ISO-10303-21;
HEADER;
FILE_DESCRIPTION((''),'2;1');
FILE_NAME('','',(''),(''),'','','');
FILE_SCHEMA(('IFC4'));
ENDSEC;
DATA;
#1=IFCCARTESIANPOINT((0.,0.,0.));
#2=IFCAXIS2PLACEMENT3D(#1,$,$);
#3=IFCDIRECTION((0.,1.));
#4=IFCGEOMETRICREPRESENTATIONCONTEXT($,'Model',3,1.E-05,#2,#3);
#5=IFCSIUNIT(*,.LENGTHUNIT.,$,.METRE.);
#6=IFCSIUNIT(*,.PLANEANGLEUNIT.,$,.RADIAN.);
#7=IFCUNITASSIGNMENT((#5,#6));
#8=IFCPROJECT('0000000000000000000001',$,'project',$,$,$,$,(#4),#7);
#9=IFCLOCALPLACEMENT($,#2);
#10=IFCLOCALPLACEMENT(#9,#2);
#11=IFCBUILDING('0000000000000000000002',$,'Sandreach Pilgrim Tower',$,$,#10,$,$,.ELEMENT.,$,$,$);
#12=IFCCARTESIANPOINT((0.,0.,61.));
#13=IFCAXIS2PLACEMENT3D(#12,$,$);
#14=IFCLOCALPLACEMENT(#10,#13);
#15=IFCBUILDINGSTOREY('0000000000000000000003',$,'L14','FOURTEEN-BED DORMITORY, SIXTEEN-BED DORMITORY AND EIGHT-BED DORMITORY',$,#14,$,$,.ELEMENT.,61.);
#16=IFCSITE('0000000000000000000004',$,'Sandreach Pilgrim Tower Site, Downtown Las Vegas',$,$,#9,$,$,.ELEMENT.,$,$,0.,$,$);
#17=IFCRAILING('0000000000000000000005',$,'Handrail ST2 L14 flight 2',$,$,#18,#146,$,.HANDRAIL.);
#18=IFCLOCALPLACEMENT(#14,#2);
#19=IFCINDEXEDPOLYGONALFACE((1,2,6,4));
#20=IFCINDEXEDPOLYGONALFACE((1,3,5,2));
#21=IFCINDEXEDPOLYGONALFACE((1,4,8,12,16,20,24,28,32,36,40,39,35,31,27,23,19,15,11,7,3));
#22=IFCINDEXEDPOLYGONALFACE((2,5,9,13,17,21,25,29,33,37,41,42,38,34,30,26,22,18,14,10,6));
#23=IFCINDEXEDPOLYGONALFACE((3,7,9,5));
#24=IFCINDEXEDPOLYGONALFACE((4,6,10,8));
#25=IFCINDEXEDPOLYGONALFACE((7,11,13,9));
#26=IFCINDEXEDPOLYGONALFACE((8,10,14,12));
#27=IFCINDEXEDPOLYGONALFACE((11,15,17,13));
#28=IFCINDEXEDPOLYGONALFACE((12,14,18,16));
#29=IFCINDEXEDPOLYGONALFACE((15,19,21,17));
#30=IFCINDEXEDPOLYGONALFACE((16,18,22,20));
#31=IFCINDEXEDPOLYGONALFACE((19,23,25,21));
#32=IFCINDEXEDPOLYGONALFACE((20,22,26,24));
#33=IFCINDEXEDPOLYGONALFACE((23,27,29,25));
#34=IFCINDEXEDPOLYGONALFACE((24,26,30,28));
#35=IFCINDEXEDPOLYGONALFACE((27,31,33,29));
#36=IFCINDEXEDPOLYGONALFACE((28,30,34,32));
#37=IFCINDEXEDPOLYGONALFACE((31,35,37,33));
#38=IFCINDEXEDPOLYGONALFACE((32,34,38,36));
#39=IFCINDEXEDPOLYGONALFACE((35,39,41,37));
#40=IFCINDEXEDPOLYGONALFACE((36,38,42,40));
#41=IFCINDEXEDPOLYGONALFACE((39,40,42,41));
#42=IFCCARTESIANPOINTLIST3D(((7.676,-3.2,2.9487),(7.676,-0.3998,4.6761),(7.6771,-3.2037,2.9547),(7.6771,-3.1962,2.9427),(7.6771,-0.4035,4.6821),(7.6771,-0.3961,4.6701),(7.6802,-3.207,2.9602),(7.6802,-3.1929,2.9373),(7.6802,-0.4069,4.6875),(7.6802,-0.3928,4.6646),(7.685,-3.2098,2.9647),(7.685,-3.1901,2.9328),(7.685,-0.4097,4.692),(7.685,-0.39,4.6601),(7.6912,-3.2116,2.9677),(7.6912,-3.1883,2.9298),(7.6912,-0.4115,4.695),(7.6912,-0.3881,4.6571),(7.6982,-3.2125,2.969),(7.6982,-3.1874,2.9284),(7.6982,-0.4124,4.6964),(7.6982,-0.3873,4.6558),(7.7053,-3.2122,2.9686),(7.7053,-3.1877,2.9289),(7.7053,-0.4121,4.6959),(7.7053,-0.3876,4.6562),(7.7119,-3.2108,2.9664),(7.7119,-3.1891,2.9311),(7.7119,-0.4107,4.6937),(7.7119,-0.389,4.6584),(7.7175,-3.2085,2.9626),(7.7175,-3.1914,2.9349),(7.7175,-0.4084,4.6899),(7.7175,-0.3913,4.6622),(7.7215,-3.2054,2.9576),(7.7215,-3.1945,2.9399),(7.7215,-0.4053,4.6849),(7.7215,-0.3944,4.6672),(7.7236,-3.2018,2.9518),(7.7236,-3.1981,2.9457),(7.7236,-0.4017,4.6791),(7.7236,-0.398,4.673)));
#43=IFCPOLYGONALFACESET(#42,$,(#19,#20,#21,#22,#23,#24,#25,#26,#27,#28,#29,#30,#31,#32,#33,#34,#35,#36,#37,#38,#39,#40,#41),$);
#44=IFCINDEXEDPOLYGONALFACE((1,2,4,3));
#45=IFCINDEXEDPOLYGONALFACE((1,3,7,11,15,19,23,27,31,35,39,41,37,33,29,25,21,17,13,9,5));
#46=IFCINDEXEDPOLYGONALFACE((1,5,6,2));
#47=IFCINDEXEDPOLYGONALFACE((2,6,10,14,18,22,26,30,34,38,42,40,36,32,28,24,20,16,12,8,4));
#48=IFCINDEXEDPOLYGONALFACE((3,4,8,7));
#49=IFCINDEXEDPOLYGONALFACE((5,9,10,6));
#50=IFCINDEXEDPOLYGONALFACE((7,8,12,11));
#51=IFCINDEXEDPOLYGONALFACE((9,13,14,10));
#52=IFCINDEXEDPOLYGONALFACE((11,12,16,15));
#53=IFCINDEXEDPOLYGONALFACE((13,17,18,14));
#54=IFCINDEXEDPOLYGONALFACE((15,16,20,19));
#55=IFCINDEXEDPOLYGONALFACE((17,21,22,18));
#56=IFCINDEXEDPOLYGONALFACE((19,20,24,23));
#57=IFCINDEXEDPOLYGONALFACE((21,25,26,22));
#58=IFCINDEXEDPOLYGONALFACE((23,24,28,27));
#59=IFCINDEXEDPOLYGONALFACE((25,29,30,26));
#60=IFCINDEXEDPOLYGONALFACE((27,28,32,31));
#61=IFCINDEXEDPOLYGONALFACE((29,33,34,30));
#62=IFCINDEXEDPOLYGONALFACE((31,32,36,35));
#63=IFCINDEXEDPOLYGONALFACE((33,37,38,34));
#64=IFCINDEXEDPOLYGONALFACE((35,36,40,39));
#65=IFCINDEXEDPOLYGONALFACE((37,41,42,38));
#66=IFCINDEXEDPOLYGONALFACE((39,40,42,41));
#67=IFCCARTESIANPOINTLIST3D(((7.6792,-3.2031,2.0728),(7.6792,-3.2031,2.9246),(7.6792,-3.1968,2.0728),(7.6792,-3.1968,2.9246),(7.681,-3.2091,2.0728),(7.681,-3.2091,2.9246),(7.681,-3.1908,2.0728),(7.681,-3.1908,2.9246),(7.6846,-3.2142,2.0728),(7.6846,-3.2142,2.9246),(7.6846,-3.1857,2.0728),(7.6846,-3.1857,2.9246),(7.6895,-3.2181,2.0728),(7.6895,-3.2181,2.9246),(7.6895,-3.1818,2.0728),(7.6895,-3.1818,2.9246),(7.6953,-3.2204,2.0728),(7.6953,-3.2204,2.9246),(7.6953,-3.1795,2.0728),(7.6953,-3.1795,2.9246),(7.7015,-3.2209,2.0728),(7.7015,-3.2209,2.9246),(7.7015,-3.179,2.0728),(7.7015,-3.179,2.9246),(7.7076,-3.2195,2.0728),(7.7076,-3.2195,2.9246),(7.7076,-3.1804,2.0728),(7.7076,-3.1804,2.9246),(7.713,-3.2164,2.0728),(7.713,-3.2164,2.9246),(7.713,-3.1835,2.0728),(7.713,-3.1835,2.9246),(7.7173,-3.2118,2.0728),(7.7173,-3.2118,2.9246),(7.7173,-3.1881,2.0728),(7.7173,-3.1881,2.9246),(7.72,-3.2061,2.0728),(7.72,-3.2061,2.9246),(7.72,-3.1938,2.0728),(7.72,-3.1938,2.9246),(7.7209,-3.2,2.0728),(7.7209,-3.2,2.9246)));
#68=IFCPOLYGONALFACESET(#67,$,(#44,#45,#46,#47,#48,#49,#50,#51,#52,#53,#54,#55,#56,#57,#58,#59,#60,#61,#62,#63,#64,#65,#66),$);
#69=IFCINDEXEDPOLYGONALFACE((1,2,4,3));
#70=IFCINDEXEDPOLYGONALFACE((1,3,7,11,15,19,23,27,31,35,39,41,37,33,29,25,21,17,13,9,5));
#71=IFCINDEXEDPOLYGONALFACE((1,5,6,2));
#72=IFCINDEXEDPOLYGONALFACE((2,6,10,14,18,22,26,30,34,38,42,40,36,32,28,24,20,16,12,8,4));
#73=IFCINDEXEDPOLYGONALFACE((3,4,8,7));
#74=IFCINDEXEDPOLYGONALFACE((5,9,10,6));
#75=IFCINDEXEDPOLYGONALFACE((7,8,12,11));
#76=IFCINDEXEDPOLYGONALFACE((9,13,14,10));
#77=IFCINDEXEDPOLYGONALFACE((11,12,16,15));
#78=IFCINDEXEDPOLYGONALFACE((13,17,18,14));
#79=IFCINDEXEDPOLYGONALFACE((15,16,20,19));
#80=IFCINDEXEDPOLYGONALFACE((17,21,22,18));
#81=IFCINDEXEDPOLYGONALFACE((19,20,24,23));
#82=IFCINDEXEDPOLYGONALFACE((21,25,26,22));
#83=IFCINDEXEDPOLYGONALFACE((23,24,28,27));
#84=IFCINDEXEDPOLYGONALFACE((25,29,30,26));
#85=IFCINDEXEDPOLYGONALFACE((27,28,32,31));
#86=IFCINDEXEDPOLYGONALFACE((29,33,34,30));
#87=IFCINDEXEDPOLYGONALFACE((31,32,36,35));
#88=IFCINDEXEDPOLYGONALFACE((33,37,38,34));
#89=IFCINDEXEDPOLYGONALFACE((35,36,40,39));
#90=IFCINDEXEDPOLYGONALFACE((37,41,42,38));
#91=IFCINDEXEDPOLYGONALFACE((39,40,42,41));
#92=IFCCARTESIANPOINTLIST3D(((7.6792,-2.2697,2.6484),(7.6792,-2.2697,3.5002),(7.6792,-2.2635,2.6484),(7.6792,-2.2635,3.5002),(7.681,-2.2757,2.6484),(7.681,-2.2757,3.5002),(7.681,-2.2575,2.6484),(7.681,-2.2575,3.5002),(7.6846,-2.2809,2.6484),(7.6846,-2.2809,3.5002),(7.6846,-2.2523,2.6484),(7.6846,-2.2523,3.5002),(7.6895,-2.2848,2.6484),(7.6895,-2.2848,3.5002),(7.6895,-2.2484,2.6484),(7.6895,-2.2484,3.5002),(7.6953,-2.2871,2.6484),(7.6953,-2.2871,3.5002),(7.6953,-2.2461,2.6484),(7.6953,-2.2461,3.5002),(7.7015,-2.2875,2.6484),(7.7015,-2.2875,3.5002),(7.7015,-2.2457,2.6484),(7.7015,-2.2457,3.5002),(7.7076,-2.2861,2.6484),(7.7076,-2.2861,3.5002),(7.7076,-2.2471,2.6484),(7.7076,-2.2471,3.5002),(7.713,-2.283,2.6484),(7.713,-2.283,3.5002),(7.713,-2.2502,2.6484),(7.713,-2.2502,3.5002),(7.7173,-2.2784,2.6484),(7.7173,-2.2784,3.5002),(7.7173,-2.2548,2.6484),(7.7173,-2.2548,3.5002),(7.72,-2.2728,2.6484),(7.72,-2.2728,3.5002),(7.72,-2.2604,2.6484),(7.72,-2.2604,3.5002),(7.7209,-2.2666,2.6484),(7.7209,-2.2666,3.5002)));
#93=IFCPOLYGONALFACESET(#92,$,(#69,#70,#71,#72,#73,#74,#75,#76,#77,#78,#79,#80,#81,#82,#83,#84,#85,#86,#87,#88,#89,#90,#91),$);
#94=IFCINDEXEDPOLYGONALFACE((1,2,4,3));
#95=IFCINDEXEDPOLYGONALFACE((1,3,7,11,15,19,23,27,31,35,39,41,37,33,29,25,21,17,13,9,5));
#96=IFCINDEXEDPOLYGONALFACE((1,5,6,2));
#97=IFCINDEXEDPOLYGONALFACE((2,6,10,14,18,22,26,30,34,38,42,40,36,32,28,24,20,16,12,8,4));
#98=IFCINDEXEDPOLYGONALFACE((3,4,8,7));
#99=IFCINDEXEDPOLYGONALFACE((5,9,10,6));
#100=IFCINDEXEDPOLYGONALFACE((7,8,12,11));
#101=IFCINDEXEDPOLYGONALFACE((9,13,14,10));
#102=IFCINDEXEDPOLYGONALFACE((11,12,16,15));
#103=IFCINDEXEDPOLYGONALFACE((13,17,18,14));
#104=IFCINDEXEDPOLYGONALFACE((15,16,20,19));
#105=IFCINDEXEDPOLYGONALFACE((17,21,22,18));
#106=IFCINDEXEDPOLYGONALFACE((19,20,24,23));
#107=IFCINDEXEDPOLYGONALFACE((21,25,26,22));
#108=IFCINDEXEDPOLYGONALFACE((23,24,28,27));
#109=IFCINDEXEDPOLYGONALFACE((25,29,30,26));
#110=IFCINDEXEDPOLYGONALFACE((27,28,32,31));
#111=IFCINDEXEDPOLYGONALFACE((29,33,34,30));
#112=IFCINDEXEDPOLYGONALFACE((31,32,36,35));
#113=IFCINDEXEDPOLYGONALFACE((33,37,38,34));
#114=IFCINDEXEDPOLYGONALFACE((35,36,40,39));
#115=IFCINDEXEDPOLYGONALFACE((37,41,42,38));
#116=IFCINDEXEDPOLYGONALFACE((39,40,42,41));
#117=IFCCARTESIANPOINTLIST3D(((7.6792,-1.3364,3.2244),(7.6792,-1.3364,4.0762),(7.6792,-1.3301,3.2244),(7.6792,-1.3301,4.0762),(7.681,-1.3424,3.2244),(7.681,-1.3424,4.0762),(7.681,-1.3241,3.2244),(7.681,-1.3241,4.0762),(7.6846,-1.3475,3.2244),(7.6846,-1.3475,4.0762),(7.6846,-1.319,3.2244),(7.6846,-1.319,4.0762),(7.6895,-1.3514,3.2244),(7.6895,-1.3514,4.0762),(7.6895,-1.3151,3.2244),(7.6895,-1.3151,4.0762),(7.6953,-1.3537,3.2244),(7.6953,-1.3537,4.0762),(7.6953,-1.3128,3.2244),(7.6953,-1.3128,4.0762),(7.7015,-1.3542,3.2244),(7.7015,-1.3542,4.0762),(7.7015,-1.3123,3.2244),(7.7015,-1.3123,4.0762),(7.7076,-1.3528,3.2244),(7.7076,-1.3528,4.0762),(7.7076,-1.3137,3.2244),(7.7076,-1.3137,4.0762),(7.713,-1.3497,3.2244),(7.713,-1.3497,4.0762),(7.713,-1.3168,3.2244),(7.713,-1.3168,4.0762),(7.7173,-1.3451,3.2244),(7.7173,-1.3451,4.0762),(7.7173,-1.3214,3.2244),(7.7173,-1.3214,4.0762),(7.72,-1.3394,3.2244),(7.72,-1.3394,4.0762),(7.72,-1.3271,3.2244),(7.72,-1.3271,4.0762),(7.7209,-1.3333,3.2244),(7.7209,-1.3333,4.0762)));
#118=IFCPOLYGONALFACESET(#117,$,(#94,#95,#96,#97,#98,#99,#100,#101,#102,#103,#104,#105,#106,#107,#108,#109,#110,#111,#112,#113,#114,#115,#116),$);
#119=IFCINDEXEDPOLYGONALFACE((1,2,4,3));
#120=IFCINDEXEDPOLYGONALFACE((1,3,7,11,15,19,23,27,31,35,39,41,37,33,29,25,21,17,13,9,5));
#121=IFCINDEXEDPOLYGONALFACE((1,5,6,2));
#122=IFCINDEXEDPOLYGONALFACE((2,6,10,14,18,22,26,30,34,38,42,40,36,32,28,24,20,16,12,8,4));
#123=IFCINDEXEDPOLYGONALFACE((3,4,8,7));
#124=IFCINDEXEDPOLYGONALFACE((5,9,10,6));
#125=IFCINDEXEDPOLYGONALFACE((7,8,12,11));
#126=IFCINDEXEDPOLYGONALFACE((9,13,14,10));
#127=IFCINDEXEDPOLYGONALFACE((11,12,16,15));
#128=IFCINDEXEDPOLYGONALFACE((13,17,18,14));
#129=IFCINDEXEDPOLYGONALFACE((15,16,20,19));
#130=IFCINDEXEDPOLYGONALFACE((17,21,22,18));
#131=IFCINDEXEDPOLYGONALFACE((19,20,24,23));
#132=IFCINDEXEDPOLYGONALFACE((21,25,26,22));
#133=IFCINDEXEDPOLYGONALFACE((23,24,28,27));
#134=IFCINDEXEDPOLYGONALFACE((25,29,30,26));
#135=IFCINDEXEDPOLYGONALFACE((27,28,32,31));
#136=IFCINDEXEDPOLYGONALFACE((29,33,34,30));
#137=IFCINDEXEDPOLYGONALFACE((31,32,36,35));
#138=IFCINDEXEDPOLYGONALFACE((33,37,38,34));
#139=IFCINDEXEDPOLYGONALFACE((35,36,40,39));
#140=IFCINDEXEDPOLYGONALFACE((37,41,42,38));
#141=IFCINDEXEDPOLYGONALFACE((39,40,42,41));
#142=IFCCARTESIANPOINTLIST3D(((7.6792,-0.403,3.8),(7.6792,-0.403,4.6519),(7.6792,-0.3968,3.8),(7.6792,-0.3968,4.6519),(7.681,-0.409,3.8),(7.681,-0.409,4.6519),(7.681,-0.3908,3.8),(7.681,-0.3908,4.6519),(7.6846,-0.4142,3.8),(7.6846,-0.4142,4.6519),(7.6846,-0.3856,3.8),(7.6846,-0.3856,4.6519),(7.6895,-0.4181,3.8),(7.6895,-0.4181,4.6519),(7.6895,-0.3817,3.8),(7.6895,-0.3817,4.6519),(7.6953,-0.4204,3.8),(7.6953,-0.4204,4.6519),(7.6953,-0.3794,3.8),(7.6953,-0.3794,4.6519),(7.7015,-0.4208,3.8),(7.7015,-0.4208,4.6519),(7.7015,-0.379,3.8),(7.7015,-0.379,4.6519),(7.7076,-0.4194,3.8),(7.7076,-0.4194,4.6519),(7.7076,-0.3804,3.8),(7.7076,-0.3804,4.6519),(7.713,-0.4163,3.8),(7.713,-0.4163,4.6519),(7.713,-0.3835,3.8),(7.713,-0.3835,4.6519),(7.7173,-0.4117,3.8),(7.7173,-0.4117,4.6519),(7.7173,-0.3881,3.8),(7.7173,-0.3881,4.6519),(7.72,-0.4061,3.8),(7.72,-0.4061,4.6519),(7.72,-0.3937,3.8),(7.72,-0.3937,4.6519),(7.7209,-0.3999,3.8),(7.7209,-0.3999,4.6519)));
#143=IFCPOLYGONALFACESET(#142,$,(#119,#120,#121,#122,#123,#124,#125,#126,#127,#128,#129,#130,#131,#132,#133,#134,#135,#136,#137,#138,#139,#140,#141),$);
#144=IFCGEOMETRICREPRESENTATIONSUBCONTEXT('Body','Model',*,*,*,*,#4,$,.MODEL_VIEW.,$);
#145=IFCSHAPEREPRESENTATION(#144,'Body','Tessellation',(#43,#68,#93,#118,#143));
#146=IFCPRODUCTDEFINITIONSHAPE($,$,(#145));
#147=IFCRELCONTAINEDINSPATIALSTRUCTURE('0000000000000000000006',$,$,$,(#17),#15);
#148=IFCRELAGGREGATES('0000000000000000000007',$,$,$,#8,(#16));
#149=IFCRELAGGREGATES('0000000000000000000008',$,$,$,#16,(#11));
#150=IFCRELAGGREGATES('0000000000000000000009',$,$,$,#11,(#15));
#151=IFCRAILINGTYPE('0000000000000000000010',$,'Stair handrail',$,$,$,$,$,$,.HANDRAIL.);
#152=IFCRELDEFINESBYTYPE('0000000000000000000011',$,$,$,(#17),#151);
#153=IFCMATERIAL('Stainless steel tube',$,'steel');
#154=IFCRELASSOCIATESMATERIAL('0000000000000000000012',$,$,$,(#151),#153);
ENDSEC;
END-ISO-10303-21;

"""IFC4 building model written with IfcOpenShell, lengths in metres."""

from ifc_helpers import new_model, si_unit, direction, frame, origin, origin_2d, place, context, subcontext, project, spatial, circle, extrude, material, type_object, element, save


model = new_model("IFC4")

# Units and contexts
model_context = context("Model", 3, precision=1e-05, world=origin(), true_north=direction((0.0, 1.0)))
body_context = subcontext(model_context, "Body", "Model", "MODEL_VIEW")
ifc_project = project(units=[si_unit("LENGTHUNIT", "METRE"), si_unit("PLANEANGLEUNIT", "RADIAN")], contexts=[model_context])

# Site, building, storey
site_placement = place(None, origin())
site = spatial("IfcSite", under=ifc_project, at=site_placement, Name="Sandreach Pilgrim Tower Site, Downtown Las Vegas", CompositionType="ELEMENT", RefElevation=0.0)
building_placement = place(site_placement, origin())
building = spatial("IfcBuilding", under=site, at=building_placement, Name="Sandreach Pilgrim Tower", CompositionType="ELEMENT")
storey_placement = place(building_placement, frame((0.0, 0.0, 61.0)))
storey = spatial("IfcBuildingStorey", under=building, at=storey_placement, Name="L14", Description="FOURTEEN-BED DORMITORY, SIXTEEN-BED DORMITORY AND EIGHT-BED DORMITORY", CompositionType="ELEMENT", Elevation=61.0)

# Railing
ifc_material_1 = material(Name="Stainless steel tube", Category="steel")
railing_type = type_object("IfcRailingType", Name="Stair handrail", PredefinedType="HANDRAIL", material=ifc_material_1)
for number, where, name in (
    (1, (7.7, -3.2, 2.0728), "Handrail ST2 L14 flight 2"),
):
    element("IfcRailing", number, at=place(storey_placement, frame(where)), inside=storey, type_object=railing_type, Name=name, PredefinedType="HANDRAIL", context=body_context, shape_type="SweptSolid", body=[
        extrude(circle(Radius=0.0239, at=origin_2d()), frame((0.0, 0.0, 0.876), z_axis=(0.0, 0.85109, 0.52502), x_axis=(-1.0, 0.0, 0.0)), (0.0, 0.0, 1.0), 3.29),
        extrude(circle(Radius=0.021, at=origin_2d()), origin(), (0.0, 0.0, 1.0), 0.8518),
        extrude(circle(Radius=0.021, at=origin_2d()), frame((0.0, 0.9333, 0.5757)), (0.0, 0.0, 1.0), 0.8518),
        extrude(circle(Radius=0.021, at=origin_2d()), frame((0.0, 1.8667, 1.1516)), (0.0, 0.0, 1.0), 0.8518),
        extrude(circle(Radius=0.021, at=origin_2d()), frame((0.0, 2.8, 1.7273)), (0.0, 0.0, 1.0), 0.8518),
    ])

save(model, "model.ifc")
